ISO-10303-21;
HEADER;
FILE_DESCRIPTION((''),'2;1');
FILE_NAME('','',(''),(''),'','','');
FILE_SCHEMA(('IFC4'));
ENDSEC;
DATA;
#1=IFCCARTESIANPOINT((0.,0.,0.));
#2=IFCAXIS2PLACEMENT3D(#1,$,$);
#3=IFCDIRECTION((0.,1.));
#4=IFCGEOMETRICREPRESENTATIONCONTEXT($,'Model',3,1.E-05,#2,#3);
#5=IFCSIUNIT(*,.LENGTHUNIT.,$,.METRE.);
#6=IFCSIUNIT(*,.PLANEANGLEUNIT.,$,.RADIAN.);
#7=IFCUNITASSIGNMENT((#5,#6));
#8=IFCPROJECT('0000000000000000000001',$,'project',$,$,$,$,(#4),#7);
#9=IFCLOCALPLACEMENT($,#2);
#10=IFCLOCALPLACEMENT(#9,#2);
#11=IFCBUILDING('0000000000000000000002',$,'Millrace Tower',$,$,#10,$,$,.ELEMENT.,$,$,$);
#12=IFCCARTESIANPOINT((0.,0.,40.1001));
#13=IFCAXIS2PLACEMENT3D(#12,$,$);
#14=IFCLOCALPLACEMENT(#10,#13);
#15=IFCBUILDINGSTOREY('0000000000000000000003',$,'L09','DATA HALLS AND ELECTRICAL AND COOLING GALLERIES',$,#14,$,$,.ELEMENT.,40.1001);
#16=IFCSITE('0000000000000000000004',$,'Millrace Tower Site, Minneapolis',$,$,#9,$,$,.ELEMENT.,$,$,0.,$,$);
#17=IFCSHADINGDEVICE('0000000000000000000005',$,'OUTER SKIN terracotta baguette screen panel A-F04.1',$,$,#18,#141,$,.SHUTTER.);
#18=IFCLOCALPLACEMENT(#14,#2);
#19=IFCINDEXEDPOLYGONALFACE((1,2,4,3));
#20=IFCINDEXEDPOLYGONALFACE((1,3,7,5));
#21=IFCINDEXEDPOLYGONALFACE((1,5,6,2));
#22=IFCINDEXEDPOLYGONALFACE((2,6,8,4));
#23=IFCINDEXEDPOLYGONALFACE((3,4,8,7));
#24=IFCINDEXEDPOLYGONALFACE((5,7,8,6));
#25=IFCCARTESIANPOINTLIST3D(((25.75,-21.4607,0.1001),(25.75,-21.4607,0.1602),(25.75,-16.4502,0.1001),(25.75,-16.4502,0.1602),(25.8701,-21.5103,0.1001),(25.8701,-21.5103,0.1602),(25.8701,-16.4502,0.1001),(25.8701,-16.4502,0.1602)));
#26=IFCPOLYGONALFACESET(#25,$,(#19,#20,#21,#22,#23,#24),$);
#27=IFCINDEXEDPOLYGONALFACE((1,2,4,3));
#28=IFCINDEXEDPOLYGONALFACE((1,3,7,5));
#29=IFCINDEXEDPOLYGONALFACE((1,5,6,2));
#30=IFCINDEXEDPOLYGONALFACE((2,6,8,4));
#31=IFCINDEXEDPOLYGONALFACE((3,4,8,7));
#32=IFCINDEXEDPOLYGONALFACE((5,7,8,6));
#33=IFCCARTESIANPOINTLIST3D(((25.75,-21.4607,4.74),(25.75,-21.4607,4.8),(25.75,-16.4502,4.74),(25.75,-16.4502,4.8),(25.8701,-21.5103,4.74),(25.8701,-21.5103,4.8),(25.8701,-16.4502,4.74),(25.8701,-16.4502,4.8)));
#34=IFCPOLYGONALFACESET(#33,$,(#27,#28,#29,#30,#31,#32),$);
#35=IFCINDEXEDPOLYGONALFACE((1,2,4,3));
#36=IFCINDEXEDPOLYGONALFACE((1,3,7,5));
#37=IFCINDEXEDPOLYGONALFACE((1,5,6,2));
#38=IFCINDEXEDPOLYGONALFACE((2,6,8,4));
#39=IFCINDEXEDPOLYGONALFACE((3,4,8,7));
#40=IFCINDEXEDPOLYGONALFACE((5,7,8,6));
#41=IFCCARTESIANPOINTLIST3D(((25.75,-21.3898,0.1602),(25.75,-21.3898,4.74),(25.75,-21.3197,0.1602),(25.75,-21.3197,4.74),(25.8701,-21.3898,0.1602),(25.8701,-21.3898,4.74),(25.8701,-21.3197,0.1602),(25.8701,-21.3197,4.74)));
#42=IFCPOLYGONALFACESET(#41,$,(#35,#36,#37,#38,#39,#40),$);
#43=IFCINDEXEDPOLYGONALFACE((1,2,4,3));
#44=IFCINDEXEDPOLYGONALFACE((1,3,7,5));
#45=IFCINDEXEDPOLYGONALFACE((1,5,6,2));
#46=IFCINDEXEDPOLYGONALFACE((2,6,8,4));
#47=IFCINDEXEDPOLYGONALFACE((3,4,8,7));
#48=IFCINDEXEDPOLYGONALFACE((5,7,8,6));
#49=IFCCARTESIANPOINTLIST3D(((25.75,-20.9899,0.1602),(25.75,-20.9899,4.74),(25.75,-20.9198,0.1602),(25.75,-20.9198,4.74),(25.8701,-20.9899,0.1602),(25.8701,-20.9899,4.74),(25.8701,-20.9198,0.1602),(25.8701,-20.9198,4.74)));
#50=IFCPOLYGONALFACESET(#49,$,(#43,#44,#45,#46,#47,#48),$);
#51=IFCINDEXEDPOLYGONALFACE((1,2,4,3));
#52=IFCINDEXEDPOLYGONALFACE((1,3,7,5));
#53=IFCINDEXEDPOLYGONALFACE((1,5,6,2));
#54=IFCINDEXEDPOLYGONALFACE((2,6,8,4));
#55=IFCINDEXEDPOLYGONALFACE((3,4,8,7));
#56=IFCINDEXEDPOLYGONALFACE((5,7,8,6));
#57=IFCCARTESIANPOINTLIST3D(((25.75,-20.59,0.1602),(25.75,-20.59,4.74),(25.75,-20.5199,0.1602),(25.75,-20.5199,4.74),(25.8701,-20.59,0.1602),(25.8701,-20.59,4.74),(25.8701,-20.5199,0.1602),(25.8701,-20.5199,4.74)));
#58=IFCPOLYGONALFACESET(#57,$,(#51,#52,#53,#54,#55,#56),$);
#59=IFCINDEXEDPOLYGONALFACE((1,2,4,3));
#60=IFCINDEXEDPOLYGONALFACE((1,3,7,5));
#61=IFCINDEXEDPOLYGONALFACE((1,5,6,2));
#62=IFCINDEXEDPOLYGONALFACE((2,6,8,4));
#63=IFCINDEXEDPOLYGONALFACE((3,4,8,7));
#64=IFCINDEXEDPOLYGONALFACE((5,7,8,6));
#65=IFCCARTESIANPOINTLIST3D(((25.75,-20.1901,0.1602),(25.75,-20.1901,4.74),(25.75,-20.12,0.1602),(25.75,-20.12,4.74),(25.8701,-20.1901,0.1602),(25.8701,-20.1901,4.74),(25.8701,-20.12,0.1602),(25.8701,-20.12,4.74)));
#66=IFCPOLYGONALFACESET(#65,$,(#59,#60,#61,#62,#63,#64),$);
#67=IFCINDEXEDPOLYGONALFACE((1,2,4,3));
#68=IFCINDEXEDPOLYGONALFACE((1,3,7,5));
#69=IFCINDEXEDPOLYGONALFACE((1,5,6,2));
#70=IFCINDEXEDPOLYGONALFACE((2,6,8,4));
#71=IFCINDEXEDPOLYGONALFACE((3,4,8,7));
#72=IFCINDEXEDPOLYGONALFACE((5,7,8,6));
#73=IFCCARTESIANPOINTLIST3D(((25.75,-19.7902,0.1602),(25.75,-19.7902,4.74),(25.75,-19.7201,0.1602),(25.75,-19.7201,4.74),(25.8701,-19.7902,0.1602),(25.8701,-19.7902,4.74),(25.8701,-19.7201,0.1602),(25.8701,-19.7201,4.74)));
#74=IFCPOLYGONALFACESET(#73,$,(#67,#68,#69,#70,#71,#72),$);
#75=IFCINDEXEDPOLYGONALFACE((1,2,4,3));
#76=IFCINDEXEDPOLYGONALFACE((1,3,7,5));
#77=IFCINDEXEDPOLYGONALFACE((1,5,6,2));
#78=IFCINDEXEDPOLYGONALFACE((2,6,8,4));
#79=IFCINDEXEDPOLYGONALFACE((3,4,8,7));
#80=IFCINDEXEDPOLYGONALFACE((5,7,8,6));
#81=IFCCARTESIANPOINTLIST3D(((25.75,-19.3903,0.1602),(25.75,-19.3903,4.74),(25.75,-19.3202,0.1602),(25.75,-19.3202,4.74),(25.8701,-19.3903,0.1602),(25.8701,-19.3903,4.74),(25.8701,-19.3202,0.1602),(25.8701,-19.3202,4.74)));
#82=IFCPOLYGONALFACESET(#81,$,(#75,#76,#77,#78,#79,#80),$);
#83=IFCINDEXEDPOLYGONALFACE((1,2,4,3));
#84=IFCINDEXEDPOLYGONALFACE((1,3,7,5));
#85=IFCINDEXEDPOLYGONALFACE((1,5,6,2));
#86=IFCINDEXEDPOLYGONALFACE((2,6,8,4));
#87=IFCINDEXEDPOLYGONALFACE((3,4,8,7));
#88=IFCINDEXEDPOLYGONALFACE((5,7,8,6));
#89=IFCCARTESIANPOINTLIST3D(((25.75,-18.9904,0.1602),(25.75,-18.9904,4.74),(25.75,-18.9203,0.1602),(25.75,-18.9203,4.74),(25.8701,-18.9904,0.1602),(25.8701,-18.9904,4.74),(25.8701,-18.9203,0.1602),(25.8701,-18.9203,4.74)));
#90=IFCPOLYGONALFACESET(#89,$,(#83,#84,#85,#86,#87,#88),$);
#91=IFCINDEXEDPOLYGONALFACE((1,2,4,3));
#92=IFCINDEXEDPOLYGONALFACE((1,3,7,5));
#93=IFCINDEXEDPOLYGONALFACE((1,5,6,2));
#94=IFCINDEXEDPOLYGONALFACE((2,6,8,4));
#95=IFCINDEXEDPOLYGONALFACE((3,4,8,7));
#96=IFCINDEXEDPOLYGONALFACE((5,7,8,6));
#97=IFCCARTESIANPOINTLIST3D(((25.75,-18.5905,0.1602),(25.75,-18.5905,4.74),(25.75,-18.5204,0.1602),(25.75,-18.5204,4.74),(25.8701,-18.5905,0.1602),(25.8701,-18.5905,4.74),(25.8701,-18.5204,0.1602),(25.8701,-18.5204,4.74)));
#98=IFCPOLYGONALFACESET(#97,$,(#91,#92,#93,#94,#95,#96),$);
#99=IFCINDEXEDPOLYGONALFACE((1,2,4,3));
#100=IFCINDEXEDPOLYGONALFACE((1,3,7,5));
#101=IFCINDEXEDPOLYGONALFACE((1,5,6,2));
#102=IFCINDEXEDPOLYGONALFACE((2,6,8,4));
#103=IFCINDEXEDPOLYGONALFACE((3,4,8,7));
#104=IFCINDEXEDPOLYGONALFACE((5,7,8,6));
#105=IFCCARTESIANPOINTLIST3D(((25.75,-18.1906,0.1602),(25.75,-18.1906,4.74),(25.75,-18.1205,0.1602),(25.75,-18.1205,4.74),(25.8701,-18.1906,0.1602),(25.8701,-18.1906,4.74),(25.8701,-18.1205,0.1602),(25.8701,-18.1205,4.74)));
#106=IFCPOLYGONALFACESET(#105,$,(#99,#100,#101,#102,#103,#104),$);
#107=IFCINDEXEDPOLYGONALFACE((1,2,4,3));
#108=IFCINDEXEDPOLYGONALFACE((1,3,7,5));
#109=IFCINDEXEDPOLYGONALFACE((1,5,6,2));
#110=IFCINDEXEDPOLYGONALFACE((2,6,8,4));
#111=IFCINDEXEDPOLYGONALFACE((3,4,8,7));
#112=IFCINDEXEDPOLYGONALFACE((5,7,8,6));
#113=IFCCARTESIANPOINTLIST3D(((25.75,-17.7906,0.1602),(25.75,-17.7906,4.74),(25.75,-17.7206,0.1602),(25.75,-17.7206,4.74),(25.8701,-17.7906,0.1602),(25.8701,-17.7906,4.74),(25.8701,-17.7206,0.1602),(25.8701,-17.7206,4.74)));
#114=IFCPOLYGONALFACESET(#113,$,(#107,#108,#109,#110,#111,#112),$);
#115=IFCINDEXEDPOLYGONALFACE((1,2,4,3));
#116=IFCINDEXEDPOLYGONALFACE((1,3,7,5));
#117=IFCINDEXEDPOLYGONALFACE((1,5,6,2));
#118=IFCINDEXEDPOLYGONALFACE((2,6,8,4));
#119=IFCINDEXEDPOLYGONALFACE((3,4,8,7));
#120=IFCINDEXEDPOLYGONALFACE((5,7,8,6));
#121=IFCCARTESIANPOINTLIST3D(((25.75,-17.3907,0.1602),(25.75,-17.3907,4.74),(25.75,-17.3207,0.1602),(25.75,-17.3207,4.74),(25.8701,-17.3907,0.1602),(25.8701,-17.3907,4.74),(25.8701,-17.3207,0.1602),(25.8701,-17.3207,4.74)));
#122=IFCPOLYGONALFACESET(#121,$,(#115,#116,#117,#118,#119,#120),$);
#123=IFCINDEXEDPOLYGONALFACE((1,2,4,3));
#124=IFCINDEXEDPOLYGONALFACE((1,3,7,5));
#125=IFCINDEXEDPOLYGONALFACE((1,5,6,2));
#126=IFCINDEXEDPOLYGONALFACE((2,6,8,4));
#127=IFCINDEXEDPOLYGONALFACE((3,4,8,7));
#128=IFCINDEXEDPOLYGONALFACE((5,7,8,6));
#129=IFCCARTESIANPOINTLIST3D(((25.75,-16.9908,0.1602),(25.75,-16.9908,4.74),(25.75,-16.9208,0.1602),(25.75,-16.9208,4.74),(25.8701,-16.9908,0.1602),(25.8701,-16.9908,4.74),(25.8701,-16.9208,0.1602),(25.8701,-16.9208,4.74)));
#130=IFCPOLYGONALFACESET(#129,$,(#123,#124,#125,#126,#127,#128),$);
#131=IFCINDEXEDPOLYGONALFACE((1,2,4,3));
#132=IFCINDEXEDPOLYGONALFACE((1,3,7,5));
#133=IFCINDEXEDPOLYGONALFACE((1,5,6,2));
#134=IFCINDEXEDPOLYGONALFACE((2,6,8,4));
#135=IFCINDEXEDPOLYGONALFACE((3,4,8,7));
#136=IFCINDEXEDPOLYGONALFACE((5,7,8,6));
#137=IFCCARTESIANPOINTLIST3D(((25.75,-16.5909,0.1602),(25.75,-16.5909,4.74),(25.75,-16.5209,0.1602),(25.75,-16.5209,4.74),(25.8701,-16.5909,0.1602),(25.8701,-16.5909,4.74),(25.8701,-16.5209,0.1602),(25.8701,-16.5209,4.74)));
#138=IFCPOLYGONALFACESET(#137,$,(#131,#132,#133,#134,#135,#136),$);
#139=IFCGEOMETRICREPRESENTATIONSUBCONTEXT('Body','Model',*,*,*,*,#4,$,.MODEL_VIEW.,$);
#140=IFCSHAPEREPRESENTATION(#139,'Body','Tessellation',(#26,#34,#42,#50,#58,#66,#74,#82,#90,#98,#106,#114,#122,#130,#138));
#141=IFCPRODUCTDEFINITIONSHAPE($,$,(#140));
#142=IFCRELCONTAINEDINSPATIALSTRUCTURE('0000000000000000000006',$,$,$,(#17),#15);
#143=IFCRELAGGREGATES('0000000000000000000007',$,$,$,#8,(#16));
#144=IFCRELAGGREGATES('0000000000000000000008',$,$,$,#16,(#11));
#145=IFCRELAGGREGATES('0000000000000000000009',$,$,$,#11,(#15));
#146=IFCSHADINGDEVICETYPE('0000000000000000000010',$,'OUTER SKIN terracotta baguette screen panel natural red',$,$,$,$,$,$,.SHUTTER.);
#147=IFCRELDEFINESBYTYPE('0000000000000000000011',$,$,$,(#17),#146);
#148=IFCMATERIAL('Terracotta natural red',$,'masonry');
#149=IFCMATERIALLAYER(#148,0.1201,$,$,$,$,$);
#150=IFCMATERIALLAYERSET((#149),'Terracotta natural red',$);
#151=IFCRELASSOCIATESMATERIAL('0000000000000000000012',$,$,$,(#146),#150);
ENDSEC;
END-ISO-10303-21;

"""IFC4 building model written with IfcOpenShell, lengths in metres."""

from ifc_helpers import new_model, entity, si_unit, direction, frame, frame_2d, origin, place, context, subcontext, project, spatial, rectangle, extrude, source, transform, mapped, material, layer, layer_set, type_object, element, save


model = new_model("IFC4")

# Units and contexts
model_context = context("Model", 3, precision=1e-05, world=origin(), true_north=direction((0.0, 1.0)))
body_context = subcontext(model_context, "Body", "Model", "MODEL_VIEW")
ifc_project = project(units=[si_unit("LENGTHUNIT", "METRE"), si_unit("PLANEANGLEUNIT", "RADIAN")], contexts=[model_context])

# Site, building, storey
site_placement = place(None, origin())
site = spatial("IfcSite", under=ifc_project, at=site_placement, Name="Millrace Tower Site, Minneapolis", CompositionType="ELEMENT", RefElevation=0.0)
building_placement = place(site_placement, origin())
building = spatial("IfcBuilding", under=site, at=building_placement, Name="Millrace Tower", CompositionType="ELEMENT")
storey_placement = place(building_placement, frame((0.0, 0.0, 40.1001)))
storey = spatial("IfcBuildingStorey", under=building, at=storey_placement, Name="L09", Description="DATA HALLS AND ELECTRICAL AND COOLING GALLERIES", CompositionType="ELEMENT", Elevation=40.1001)

# Shading device
ifc_material_1 = material(Name="Terracotta natural red", Category="masonry")
ifc_layer_1 = layer(ifc_material_1, 0.1201)
ifc_layer_set_1 = layer_set([ifc_layer_1], Name="Terracotta natural red")
shading_device_type_1 = type_object("IfcShadingDeviceType", Name="OUTER SKIN terracotta baguette screen panel natural red", PredefinedType="SHUTTER", material=ifc_layer_set_1)
cartesian_point_1 = entity("IfcCartesianPoint", [-2.4929, 0.0601])
shared_polyline_1 = entity("IfcPolyline", [cartesian_point_1, entity("IfcCartesianPoint", [2.5176, 0.0601]), entity("IfcCartesianPoint", [2.5176, -0.0601]), entity("IfcCartesianPoint", [-2.5425, -0.0601]), cartesian_point_1])
shared_shape_1 = source(origin(), body_context, "Body", "SweptSolid", [
    entity("IfcExtrudedAreaSolid", entity("IfcArbitraryClosedProfileDef", "AREA", None, shared_polyline_1), entity("IfcAxis2Placement3D", entity("IfcCartesianPoint", [0.0, 0.0, 0.0])), entity("IfcDirection", [0.0, 0.0, 1.0]), 0.0601),
    entity("IfcExtrudedAreaSolid", entity("IfcArbitraryClosedProfileDef", "AREA", None, shared_polyline_1), entity("IfcAxis2Placement3D", entity("IfcCartesianPoint", [0.0, 0.0, 4.6399])), entity("IfcDirection", [0.0, 0.0, 1.0]), 0.0601),
    extrude(rectangle(XDim=0.0701, YDim=0.1201, at=frame_2d((-2.387, 0.0))), frame((0.0, 0.0, 0.0601)), (0.0, 0.0, 1.0), 4.5798),
    extrude(rectangle(XDim=0.0701, YDim=0.1201, at=frame_2d((-1.9871, 0.0))), frame((0.0, 0.0, 0.0601)), (0.0, 0.0, 1.0), 4.5798),
    extrude(rectangle(XDim=0.0701, YDim=0.1201, at=frame_2d((-1.5872, 0.0))), frame((0.0, 0.0, 0.0601)), (0.0, 0.0, 1.0), 4.5798),
    extrude(rectangle(XDim=0.0701, YDim=0.1201, at=frame_2d((-1.1873, 0.0))), frame((0.0, 0.0, 0.0601)), (0.0, 0.0, 1.0), 4.5798),
    extrude(rectangle(XDim=0.0701, YDim=0.1201, at=frame_2d((-0.7874, 0.0))), frame((0.0, 0.0, 0.0601)), (0.0, 0.0, 1.0), 4.5798),
    extrude(rectangle(XDim=0.0701, YDim=0.1201, at=frame_2d((-0.3875, 0.0))), frame((0.0, 0.0, 0.0601)), (0.0, 0.0, 1.0), 4.5798),
    extrude(rectangle(XDim=0.0701, YDim=0.1201, at=frame_2d((0.0125, 0.0))), frame((0.0, 0.0, 0.0601)), (0.0, 0.0, 1.0), 4.5798),
    extrude(rectangle(XDim=0.0701, YDim=0.1201, at=frame_2d((0.4124, 0.0))), frame((0.0, 0.0, 0.0601)), (0.0, 0.0, 1.0), 4.5798),
    extrude(rectangle(XDim=0.0701, YDim=0.1201, at=frame_2d((0.8123, 0.0))), frame((0.0, 0.0, 0.0601)), (0.0, 0.0, 1.0), 4.5798),
    extrude(rectangle(XDim=0.0701, YDim=0.1201, at=frame_2d((1.2122, 0.0))), frame((0.0, 0.0, 0.0601)), (0.0, 0.0, 1.0), 4.5798),
    extrude(rectangle(XDim=0.0701, YDim=0.1201, at=frame_2d((1.6121, 0.0))), frame((0.0, 0.0, 0.0601)), (0.0, 0.0, 1.0), 4.5798),
    extrude(rectangle(XDim=0.0701, YDim=0.1201, at=frame_2d((2.012, 0.0))), frame((0.0, 0.0, 0.0601)), (0.0, 0.0, 1.0), 4.5798),
    extrude(rectangle(XDim=0.0701, YDim=0.1201, at=frame_2d((2.4119, 0.0))), frame((0.0, 0.0, 0.0601)), (0.0, 0.0, 1.0), 4.5798),
])
shading_device_1_placement = place(storey_placement, frame((25.8101, -18.9678, 0.1001), z_axis=(0.0, 0.0, 1.0), x_axis=(0.0, 1.0, 0.0)))
element("IfcShadingDevice", 1, at=shading_device_1_placement, inside=storey, type_object=shading_device_type_1, Name="OUTER SKIN terracotta baguette screen panel A-F04.1", PredefinedType="SHUTTER", context=body_context, shape_type="MappedRepresentation", body=[
    mapped(shared_shape_1, transform((0.0, 0.0, 0.0), scale=1.0)),
])

save(model, "model.ifc")
